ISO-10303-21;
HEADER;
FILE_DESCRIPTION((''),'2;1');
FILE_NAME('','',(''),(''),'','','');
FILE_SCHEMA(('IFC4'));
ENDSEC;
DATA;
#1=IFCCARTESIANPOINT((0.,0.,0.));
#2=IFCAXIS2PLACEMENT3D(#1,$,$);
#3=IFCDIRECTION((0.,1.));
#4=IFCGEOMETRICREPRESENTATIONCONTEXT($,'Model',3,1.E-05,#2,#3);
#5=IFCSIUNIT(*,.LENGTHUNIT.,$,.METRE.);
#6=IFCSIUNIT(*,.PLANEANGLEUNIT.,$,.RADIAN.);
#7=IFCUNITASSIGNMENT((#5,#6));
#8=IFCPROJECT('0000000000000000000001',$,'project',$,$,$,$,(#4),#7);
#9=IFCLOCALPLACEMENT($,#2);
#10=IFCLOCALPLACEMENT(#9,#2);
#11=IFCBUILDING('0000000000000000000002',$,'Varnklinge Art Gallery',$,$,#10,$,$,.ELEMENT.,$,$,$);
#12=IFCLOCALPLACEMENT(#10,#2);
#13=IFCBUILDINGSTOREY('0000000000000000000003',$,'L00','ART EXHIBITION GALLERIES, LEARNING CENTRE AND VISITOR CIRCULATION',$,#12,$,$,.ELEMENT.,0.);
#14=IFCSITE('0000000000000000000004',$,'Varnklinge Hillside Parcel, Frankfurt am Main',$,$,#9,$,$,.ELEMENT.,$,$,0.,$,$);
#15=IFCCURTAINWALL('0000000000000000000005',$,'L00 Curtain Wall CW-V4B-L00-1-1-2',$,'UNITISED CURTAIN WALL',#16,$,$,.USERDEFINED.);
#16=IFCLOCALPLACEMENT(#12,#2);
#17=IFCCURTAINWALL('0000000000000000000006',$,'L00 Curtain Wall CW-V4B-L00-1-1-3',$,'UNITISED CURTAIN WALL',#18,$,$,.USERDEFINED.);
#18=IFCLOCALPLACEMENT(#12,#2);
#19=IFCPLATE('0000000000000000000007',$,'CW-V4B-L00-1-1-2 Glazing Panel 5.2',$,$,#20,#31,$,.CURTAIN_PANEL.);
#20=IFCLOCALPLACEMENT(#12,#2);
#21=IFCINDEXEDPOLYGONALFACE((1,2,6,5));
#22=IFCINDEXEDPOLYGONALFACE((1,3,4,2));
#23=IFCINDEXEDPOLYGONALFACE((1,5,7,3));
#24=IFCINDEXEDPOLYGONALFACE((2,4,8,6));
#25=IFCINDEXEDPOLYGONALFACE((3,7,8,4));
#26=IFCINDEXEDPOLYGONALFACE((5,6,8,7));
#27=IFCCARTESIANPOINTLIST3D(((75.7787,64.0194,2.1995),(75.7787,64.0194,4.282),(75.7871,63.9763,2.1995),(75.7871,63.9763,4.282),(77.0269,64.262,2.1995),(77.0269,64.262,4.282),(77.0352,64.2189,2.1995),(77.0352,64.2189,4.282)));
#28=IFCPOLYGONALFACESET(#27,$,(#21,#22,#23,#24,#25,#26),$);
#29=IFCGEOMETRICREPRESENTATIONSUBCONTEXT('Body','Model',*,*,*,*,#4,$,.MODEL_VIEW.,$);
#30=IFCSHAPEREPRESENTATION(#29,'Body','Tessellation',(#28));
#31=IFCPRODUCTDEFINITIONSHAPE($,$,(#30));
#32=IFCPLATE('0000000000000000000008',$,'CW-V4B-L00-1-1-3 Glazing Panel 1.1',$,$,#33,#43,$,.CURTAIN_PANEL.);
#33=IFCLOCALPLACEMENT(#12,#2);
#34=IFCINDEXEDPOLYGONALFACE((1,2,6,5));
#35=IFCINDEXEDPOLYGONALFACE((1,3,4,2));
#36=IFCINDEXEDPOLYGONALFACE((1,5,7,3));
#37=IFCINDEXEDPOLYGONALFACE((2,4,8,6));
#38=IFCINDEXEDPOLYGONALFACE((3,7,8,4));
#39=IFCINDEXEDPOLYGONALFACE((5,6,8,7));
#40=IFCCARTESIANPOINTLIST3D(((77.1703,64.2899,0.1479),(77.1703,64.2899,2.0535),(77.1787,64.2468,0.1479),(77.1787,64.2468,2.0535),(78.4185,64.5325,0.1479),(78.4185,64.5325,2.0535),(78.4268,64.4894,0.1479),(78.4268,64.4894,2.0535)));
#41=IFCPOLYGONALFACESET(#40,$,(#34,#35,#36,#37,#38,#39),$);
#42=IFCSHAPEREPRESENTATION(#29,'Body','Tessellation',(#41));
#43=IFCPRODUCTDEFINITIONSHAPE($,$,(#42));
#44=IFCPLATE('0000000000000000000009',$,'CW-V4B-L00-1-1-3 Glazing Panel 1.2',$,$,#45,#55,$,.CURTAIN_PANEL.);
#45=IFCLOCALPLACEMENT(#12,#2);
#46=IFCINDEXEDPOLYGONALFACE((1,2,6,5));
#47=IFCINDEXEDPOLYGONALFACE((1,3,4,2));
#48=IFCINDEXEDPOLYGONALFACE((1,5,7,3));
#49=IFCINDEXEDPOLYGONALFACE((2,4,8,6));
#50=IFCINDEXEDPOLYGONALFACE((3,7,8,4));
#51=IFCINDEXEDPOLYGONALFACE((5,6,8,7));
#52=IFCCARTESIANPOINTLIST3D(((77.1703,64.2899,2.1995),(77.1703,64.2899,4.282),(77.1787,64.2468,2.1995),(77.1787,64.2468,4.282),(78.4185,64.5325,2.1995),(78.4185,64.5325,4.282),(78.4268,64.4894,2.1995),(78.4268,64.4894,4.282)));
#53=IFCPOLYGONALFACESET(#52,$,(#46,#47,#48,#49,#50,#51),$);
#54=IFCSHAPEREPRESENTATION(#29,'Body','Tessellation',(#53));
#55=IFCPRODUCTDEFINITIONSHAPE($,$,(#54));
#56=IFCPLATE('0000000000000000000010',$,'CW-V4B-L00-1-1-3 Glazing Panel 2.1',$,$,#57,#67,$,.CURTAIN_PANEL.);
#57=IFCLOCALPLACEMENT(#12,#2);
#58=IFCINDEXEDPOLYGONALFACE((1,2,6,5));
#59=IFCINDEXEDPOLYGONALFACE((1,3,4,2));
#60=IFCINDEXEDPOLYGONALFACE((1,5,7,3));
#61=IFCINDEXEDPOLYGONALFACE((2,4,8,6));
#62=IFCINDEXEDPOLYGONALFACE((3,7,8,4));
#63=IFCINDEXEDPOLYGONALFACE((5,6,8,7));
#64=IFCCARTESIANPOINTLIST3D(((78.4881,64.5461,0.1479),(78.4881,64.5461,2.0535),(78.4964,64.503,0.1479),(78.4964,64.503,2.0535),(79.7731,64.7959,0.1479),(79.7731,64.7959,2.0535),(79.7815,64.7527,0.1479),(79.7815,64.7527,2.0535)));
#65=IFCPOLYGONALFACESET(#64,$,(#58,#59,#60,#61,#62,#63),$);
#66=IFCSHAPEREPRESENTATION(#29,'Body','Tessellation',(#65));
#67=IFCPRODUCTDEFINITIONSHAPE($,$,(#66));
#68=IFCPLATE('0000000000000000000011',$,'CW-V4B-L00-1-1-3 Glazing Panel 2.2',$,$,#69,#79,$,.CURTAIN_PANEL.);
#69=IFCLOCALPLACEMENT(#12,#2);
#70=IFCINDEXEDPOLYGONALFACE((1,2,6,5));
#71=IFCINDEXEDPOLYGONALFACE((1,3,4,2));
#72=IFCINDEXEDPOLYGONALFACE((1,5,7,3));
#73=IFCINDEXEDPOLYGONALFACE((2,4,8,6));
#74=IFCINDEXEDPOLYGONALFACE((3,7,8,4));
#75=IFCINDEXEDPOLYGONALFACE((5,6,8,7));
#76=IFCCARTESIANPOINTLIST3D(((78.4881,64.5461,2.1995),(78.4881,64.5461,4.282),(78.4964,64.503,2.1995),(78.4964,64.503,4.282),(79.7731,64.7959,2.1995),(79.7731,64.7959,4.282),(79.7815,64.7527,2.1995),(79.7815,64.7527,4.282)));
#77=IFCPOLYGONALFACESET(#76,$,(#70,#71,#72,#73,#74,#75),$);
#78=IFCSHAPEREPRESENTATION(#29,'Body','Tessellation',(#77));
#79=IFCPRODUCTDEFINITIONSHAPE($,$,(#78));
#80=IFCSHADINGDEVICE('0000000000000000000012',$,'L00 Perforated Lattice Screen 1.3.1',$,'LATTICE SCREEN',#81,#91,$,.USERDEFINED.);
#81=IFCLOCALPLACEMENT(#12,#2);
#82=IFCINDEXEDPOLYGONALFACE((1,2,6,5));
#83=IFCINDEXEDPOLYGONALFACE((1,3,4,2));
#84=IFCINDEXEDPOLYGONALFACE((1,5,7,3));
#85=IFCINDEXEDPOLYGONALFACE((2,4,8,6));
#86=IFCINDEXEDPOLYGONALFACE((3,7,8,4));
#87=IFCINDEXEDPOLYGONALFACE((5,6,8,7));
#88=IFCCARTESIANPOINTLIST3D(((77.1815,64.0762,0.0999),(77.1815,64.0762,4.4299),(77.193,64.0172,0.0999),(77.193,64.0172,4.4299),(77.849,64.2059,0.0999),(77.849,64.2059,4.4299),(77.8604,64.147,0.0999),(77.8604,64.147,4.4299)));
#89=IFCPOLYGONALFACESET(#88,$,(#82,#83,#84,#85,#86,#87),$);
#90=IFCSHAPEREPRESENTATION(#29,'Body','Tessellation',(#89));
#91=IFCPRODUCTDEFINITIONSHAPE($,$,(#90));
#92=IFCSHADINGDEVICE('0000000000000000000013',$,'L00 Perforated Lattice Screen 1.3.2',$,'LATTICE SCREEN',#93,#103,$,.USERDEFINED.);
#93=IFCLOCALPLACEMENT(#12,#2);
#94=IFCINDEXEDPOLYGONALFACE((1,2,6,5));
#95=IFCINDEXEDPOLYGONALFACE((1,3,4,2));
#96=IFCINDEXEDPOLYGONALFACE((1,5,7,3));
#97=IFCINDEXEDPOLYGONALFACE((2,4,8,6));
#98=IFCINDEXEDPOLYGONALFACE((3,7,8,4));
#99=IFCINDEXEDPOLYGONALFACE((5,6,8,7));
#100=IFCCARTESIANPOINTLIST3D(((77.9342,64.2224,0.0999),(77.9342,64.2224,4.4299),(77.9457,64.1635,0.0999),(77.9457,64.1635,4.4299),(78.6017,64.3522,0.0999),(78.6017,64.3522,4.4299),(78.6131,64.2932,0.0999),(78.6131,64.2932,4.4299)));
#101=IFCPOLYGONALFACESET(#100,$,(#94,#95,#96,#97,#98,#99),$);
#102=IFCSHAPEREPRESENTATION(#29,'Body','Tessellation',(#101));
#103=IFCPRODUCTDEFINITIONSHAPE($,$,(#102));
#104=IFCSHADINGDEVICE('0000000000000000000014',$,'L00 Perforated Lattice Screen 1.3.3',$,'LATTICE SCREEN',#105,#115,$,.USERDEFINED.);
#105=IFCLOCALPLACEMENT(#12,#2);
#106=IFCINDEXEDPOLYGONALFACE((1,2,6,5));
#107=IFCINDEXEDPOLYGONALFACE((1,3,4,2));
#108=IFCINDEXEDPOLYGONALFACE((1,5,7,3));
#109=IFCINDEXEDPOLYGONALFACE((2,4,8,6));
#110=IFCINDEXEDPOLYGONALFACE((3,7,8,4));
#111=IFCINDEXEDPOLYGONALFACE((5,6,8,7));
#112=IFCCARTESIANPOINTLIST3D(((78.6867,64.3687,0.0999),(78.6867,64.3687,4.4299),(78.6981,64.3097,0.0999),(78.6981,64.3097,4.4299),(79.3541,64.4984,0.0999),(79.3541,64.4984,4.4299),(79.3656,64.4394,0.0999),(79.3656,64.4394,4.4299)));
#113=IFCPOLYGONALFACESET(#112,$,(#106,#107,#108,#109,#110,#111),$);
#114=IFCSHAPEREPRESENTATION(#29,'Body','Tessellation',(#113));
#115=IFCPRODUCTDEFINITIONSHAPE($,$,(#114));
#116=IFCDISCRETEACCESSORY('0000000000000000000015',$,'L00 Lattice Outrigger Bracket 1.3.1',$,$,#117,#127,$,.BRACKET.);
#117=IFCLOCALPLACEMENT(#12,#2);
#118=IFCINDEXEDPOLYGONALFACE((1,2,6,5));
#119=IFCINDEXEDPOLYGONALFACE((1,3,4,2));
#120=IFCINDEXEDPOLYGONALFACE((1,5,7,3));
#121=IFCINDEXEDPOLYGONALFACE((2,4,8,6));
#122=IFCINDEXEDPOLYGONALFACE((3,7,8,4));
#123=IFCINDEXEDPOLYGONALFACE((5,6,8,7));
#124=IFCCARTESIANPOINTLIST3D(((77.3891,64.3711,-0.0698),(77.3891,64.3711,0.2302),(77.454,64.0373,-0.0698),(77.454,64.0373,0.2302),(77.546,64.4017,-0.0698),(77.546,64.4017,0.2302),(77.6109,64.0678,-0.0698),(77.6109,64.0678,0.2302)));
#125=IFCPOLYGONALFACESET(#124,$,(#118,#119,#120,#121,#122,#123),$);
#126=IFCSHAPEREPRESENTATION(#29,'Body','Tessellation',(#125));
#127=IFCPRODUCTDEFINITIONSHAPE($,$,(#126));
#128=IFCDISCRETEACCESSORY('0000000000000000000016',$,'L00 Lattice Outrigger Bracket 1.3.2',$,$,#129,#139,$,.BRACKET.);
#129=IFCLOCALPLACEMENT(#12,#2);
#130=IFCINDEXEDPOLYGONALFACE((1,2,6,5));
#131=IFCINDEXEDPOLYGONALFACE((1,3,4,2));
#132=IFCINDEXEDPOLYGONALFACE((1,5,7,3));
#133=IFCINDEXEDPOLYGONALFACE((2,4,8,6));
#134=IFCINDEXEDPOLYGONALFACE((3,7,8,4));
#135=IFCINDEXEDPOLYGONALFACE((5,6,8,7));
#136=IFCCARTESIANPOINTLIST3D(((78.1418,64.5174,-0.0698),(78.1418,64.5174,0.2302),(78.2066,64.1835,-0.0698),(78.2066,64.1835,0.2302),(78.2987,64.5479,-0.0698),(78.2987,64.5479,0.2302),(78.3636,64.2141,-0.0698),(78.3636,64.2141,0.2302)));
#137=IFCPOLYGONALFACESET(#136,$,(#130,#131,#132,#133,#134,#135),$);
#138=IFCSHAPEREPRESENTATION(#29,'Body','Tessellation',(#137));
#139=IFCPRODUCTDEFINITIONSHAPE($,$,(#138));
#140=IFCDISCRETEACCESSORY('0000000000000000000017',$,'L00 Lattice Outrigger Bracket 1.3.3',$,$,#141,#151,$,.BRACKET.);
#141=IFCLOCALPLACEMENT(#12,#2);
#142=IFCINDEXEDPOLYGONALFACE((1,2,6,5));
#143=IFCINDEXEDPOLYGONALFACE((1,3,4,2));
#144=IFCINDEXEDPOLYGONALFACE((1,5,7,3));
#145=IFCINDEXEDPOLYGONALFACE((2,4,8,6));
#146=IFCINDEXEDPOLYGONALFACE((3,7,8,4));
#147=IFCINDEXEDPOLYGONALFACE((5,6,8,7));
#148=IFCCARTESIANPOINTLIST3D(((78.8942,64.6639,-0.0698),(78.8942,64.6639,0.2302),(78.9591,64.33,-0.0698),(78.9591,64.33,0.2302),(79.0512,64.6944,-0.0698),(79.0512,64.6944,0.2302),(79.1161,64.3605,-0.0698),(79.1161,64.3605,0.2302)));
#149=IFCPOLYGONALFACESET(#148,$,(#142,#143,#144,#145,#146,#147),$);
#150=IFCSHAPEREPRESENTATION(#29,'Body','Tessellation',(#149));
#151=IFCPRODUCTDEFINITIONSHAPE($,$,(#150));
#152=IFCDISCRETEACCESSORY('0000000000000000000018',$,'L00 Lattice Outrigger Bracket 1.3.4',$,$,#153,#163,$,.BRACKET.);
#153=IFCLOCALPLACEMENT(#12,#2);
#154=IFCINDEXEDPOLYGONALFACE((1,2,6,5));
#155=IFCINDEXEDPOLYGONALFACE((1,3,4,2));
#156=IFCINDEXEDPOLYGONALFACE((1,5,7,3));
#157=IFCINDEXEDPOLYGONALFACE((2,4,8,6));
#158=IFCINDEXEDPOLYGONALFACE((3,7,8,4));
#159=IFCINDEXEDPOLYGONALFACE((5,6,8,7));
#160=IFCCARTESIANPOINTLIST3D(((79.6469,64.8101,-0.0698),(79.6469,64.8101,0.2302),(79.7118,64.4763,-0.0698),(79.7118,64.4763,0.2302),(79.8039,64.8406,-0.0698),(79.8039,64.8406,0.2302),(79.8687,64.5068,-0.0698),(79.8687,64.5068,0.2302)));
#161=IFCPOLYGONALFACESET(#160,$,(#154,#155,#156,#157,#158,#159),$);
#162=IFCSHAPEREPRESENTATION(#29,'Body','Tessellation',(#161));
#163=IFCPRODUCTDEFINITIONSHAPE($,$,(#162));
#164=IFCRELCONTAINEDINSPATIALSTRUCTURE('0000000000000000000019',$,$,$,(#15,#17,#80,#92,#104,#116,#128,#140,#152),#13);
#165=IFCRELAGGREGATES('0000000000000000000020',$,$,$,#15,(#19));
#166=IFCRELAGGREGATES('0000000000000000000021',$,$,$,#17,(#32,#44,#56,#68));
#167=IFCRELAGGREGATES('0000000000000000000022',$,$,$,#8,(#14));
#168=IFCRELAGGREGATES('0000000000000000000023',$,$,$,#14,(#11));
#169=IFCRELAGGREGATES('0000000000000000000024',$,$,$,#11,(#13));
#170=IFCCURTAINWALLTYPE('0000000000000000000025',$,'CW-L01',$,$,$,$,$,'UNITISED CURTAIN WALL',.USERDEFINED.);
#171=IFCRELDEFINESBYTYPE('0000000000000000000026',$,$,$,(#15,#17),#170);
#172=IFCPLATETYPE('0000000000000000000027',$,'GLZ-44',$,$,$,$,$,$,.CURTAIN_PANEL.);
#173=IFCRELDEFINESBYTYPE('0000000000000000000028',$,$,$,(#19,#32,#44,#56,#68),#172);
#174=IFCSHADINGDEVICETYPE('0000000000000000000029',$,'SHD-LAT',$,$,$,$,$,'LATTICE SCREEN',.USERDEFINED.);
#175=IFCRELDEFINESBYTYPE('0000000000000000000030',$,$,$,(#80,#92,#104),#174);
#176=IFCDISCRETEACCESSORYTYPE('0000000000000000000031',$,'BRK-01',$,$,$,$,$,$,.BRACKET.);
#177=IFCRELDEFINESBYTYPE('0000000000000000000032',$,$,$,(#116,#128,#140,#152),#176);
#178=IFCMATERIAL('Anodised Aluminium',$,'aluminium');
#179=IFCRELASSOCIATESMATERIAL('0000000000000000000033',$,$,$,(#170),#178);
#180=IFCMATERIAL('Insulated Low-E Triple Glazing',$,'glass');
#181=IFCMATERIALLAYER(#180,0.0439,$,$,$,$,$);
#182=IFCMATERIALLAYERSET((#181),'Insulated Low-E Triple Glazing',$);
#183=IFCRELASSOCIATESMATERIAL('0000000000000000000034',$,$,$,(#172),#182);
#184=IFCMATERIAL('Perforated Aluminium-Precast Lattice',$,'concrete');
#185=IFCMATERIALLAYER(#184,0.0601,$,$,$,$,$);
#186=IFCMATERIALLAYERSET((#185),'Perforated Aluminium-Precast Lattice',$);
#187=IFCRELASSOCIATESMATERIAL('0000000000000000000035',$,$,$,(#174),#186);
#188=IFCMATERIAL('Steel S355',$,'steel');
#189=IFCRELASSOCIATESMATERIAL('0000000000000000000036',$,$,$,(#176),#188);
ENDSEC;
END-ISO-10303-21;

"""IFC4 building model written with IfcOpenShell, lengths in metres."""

from ifc_helpers import new_model, si_unit, direction, frame, origin, origin_2d, place, context, subcontext, project, spatial, rectangle, extrude, material, layer, layer_set, type_object, element, aggregate, save


model = new_model("IFC4")

# Units and contexts
model_context = context("Model", 3, precision=1e-05, world=origin(), true_north=direction((0.0, 1.0)))
body_context = subcontext(model_context, "Body", "Model", "MODEL_VIEW")
ifc_project = project(units=[si_unit("LENGTHUNIT", "METRE"), si_unit("PLANEANGLEUNIT", "RADIAN")], contexts=[model_context])

# Site, building, storey
site_placement = place(None, origin())
site = spatial("IfcSite", under=ifc_project, at=site_placement, Name="Varnklinge Hillside Parcel, Frankfurt am Main", CompositionType="ELEMENT", RefElevation=0.0)
building_placement = place(site_placement, origin())
building = spatial("IfcBuilding", under=site, at=building_placement, Name="Varnklinge Art Gallery", CompositionType="ELEMENT")
storey_placement = place(building_placement, origin())
storey = spatial("IfcBuildingStorey", under=building, at=storey_placement, Name="L00", Description="ART EXHIBITION GALLERIES, LEARNING CENTRE AND VISITOR CIRCULATION", CompositionType="ELEMENT", Elevation=0.0)

# Curtain wall
ifc_material_1 = material(Name="Anodised Aluminium", Category="aluminium")
curtain_wall_type = type_object("IfcCurtainWallType", Name="CW-L01", ElementType="UNITISED CURTAIN WALL", PredefinedType="USERDEFINED", material=ifc_material_1)
curtain_wall_1_placement = place(storey_placement, origin())
curtain_wall_1 = element("IfcCurtainWall", 1, at=curtain_wall_1_placement, inside=storey, type_object=curtain_wall_type, Name="L00 Curtain Wall CW-V4B-L00-1-1-2", ObjectType="UNITISED CURTAIN WALL", PredefinedType="USERDEFINED")

# Curtain wall
curtain_wall_2_placement = place(storey_placement, origin())
curtain_wall_2 = element("IfcCurtainWall", 2, at=curtain_wall_2_placement, inside=storey, type_object=curtain_wall_type, Name="L00 Curtain Wall CW-V4B-L00-1-1-3", ObjectType="UNITISED CURTAIN WALL", PredefinedType="USERDEFINED")

# Plates
ifc_material_2 = material(Name="Insulated Low-E Triple Glazing", Category="glass")
ifc_layer_1 = layer(ifc_material_2, 0.0439)
ifc_layer_set_1 = layer_set([ifc_layer_1], Name="Insulated Low-E Triple Glazing")
plate_type = type_object("IfcPlateType", Name="GLZ-44", PredefinedType="CURTAIN_PANEL", material=ifc_layer_set_1)
plate_1_placement = place(storey_placement, frame((76.407, 64.1191, 2.1995), z_axis=(0.0, 0.0, 1.0), x_axis=(0.981627, 0.190809, 0.0)))
plate_1 = element("IfcPlate", 3, at=plate_1_placement, type_object=plate_type, Name="CW-V4B-L00-1-1-2 Glazing Panel 5.2", PredefinedType="CURTAIN_PANEL", context=body_context, shape_type="SweptSolid", body=[
    extrude(rectangle(XDim=1.2715, YDim=0.0439, at=origin_2d()), origin(), (0.0, 0.0, 1.0), 2.0825),
])
aggregate(curtain_wall_1, [plate_1])
plate_2_placement = place(storey_placement, frame((77.7986, 64.3896, 0.1479), z_axis=(0.0, 0.0, 1.0), x_axis=(0.981627, 0.190809, 0.0)))
plate_2 = element("IfcPlate", 4, at=plate_2_placement, type_object=plate_type, Name="CW-V4B-L00-1-1-3 Glazing Panel 1.1", PredefinedType="CURTAIN_PANEL", context=body_context, shape_type="SweptSolid", body=[
    extrude(rectangle(XDim=1.2715, YDim=0.0439, at=origin_2d()), origin(), (0.0, 0.0, 1.0), 1.9055),
])
plate_3_placement = place(storey_placement, frame((77.7986, 64.3896, 2.1995), z_axis=(0.0, 0.0, 1.0), x_axis=(0.981627, 0.190809, 0.0)))
plate_3 = element("IfcPlate", 5, at=plate_3_placement, type_object=plate_type, Name="CW-V4B-L00-1-1-3 Glazing Panel 1.2", PredefinedType="CURTAIN_PANEL", context=body_context, shape_type="SweptSolid", body=[
    extrude(rectangle(XDim=1.2715, YDim=0.0439, at=origin_2d()), origin(), (0.0, 0.0, 1.0), 2.0825),
])
plate_4_placement = place(storey_placement, frame((79.1348, 64.6494, 0.1479), z_axis=(0.0, 0.0, 1.0), x_axis=(0.981627, 0.190809, 0.0)))
plate_4 = element("IfcPlate", 6, at=plate_4_placement, type_object=plate_type, Name="CW-V4B-L00-1-1-3 Glazing Panel 2.1", PredefinedType="CURTAIN_PANEL", context=body_context, shape_type="SweptSolid", body=[
    extrude(rectangle(XDim=1.3091, YDim=0.0439, at=origin_2d()), origin(), (0.0, 0.0, 1.0), 1.9055),
])
plate_5_placement = place(storey_placement, frame((79.1348, 64.6494, 2.1995), z_axis=(0.0, 0.0, 1.0), x_axis=(0.981627, 0.190809, 0.0)))
plate_5 = element("IfcPlate", 7, at=plate_5_placement, type_object=plate_type, Name="CW-V4B-L00-1-1-3 Glazing Panel 2.2", PredefinedType="CURTAIN_PANEL", context=body_context, shape_type="SweptSolid", body=[
    extrude(rectangle(XDim=1.3091, YDim=0.0439, at=origin_2d()), origin(), (0.0, 0.0, 1.0), 2.0825),
])
aggregate(curtain_wall_2, [plate_2, plate_3, plate_4, plate_5])

# Shading devices
ifc_material_3 = material(Name="Perforated Aluminium-Precast Lattice", Category="concrete")
ifc_layer_2 = layer(ifc_material_3, 0.0601)
ifc_layer_set_2 = layer_set([ifc_layer_2], Name="Perforated Aluminium-Precast Lattice")
shading_device_type = type_object("IfcShadingDeviceType", Name="SHD-LAT", ElementType="LATTICE SCREEN", PredefinedType="USERDEFINED", material=ifc_layer_set_2)
for number, where, z_axis, x_axis, name in (
    (8, (77.521, 64.1116, 0.0999), (0.0, 0.0, 1.0), (0.981627, 0.190809, 0.0), "L00 Perforated Lattice Screen 1.3.1"),
    (9, (78.2737, 64.2578, 0.0999), (0.0, 0.0, 1.0), (0.981627, 0.190809, 0.0), "L00 Perforated Lattice Screen 1.3.2"),
    (10, (79.0261, 64.4041, 0.0999), (0.0, 0.0, 1.0), (0.981627, 0.190809, 0.0), "L00 Perforated Lattice Screen 1.3.3"),
):
    element("IfcShadingDevice", number, at=place(storey_placement, frame(where, z_axis=z_axis, x_axis=x_axis)), inside=storey, type_object=shading_device_type, Name=name, ObjectType="LATTICE SCREEN", PredefinedType="USERDEFINED", context=body_context, shape_type="SweptSolid", body=[
        extrude(rectangle(XDim=0.6799, YDim=0.0601, at=origin_2d()), origin(), (0.0, 0.0, 1.0), 4.3301),
    ])

# Discrete accessories
ifc_material_4 = material(Name="Steel S355", Category="steel")
discrete_accessory_type = type_object("IfcDiscreteAccessoryType", Name="BRK-01", PredefinedType="BRACKET", material=ifc_material_4)
for number, where, z_axis, x_axis, name in (
    (11, (77.5, 64.2195, -0.0698), (0.0, 0.0, 1.0), (0.981627, 0.190809, 0.0), "L00 Lattice Outrigger Bracket 1.3.1"),
    (12, (78.2527, 64.3657, -0.0698), (0.0, 0.0, 1.0), (0.981627, 0.190809, 0.0), "L00 Lattice Outrigger Bracket 1.3.2"),
    (13, (79.0051, 64.5122, -0.0698), (0.0, 0.0, 1.0), (0.981627, 0.190809, 0.0), "L00 Lattice Outrigger Bracket 1.3.3"),
    (14, (79.7578, 64.6584, -0.0698), (0.0, 0.0, 1.0), (0.981627, 0.190809, 0.0), "L00 Lattice Outrigger Bracket 1.3.4"),
):
    element("IfcDiscreteAccessory", number, at=place(storey_placement, frame(where, z_axis=z_axis, x_axis=x_axis)), inside=storey, type_object=discrete_accessory_type, Name=name, PredefinedType="BRACKET", context=body_context, shape_type="SweptSolid", body=[
        extrude(rectangle(XDim=0.1599, YDim=0.3401, at=origin_2d()), origin(), (0.0, 0.0, 1.0), 0.3),
    ])

save(model, "model.ifc")
